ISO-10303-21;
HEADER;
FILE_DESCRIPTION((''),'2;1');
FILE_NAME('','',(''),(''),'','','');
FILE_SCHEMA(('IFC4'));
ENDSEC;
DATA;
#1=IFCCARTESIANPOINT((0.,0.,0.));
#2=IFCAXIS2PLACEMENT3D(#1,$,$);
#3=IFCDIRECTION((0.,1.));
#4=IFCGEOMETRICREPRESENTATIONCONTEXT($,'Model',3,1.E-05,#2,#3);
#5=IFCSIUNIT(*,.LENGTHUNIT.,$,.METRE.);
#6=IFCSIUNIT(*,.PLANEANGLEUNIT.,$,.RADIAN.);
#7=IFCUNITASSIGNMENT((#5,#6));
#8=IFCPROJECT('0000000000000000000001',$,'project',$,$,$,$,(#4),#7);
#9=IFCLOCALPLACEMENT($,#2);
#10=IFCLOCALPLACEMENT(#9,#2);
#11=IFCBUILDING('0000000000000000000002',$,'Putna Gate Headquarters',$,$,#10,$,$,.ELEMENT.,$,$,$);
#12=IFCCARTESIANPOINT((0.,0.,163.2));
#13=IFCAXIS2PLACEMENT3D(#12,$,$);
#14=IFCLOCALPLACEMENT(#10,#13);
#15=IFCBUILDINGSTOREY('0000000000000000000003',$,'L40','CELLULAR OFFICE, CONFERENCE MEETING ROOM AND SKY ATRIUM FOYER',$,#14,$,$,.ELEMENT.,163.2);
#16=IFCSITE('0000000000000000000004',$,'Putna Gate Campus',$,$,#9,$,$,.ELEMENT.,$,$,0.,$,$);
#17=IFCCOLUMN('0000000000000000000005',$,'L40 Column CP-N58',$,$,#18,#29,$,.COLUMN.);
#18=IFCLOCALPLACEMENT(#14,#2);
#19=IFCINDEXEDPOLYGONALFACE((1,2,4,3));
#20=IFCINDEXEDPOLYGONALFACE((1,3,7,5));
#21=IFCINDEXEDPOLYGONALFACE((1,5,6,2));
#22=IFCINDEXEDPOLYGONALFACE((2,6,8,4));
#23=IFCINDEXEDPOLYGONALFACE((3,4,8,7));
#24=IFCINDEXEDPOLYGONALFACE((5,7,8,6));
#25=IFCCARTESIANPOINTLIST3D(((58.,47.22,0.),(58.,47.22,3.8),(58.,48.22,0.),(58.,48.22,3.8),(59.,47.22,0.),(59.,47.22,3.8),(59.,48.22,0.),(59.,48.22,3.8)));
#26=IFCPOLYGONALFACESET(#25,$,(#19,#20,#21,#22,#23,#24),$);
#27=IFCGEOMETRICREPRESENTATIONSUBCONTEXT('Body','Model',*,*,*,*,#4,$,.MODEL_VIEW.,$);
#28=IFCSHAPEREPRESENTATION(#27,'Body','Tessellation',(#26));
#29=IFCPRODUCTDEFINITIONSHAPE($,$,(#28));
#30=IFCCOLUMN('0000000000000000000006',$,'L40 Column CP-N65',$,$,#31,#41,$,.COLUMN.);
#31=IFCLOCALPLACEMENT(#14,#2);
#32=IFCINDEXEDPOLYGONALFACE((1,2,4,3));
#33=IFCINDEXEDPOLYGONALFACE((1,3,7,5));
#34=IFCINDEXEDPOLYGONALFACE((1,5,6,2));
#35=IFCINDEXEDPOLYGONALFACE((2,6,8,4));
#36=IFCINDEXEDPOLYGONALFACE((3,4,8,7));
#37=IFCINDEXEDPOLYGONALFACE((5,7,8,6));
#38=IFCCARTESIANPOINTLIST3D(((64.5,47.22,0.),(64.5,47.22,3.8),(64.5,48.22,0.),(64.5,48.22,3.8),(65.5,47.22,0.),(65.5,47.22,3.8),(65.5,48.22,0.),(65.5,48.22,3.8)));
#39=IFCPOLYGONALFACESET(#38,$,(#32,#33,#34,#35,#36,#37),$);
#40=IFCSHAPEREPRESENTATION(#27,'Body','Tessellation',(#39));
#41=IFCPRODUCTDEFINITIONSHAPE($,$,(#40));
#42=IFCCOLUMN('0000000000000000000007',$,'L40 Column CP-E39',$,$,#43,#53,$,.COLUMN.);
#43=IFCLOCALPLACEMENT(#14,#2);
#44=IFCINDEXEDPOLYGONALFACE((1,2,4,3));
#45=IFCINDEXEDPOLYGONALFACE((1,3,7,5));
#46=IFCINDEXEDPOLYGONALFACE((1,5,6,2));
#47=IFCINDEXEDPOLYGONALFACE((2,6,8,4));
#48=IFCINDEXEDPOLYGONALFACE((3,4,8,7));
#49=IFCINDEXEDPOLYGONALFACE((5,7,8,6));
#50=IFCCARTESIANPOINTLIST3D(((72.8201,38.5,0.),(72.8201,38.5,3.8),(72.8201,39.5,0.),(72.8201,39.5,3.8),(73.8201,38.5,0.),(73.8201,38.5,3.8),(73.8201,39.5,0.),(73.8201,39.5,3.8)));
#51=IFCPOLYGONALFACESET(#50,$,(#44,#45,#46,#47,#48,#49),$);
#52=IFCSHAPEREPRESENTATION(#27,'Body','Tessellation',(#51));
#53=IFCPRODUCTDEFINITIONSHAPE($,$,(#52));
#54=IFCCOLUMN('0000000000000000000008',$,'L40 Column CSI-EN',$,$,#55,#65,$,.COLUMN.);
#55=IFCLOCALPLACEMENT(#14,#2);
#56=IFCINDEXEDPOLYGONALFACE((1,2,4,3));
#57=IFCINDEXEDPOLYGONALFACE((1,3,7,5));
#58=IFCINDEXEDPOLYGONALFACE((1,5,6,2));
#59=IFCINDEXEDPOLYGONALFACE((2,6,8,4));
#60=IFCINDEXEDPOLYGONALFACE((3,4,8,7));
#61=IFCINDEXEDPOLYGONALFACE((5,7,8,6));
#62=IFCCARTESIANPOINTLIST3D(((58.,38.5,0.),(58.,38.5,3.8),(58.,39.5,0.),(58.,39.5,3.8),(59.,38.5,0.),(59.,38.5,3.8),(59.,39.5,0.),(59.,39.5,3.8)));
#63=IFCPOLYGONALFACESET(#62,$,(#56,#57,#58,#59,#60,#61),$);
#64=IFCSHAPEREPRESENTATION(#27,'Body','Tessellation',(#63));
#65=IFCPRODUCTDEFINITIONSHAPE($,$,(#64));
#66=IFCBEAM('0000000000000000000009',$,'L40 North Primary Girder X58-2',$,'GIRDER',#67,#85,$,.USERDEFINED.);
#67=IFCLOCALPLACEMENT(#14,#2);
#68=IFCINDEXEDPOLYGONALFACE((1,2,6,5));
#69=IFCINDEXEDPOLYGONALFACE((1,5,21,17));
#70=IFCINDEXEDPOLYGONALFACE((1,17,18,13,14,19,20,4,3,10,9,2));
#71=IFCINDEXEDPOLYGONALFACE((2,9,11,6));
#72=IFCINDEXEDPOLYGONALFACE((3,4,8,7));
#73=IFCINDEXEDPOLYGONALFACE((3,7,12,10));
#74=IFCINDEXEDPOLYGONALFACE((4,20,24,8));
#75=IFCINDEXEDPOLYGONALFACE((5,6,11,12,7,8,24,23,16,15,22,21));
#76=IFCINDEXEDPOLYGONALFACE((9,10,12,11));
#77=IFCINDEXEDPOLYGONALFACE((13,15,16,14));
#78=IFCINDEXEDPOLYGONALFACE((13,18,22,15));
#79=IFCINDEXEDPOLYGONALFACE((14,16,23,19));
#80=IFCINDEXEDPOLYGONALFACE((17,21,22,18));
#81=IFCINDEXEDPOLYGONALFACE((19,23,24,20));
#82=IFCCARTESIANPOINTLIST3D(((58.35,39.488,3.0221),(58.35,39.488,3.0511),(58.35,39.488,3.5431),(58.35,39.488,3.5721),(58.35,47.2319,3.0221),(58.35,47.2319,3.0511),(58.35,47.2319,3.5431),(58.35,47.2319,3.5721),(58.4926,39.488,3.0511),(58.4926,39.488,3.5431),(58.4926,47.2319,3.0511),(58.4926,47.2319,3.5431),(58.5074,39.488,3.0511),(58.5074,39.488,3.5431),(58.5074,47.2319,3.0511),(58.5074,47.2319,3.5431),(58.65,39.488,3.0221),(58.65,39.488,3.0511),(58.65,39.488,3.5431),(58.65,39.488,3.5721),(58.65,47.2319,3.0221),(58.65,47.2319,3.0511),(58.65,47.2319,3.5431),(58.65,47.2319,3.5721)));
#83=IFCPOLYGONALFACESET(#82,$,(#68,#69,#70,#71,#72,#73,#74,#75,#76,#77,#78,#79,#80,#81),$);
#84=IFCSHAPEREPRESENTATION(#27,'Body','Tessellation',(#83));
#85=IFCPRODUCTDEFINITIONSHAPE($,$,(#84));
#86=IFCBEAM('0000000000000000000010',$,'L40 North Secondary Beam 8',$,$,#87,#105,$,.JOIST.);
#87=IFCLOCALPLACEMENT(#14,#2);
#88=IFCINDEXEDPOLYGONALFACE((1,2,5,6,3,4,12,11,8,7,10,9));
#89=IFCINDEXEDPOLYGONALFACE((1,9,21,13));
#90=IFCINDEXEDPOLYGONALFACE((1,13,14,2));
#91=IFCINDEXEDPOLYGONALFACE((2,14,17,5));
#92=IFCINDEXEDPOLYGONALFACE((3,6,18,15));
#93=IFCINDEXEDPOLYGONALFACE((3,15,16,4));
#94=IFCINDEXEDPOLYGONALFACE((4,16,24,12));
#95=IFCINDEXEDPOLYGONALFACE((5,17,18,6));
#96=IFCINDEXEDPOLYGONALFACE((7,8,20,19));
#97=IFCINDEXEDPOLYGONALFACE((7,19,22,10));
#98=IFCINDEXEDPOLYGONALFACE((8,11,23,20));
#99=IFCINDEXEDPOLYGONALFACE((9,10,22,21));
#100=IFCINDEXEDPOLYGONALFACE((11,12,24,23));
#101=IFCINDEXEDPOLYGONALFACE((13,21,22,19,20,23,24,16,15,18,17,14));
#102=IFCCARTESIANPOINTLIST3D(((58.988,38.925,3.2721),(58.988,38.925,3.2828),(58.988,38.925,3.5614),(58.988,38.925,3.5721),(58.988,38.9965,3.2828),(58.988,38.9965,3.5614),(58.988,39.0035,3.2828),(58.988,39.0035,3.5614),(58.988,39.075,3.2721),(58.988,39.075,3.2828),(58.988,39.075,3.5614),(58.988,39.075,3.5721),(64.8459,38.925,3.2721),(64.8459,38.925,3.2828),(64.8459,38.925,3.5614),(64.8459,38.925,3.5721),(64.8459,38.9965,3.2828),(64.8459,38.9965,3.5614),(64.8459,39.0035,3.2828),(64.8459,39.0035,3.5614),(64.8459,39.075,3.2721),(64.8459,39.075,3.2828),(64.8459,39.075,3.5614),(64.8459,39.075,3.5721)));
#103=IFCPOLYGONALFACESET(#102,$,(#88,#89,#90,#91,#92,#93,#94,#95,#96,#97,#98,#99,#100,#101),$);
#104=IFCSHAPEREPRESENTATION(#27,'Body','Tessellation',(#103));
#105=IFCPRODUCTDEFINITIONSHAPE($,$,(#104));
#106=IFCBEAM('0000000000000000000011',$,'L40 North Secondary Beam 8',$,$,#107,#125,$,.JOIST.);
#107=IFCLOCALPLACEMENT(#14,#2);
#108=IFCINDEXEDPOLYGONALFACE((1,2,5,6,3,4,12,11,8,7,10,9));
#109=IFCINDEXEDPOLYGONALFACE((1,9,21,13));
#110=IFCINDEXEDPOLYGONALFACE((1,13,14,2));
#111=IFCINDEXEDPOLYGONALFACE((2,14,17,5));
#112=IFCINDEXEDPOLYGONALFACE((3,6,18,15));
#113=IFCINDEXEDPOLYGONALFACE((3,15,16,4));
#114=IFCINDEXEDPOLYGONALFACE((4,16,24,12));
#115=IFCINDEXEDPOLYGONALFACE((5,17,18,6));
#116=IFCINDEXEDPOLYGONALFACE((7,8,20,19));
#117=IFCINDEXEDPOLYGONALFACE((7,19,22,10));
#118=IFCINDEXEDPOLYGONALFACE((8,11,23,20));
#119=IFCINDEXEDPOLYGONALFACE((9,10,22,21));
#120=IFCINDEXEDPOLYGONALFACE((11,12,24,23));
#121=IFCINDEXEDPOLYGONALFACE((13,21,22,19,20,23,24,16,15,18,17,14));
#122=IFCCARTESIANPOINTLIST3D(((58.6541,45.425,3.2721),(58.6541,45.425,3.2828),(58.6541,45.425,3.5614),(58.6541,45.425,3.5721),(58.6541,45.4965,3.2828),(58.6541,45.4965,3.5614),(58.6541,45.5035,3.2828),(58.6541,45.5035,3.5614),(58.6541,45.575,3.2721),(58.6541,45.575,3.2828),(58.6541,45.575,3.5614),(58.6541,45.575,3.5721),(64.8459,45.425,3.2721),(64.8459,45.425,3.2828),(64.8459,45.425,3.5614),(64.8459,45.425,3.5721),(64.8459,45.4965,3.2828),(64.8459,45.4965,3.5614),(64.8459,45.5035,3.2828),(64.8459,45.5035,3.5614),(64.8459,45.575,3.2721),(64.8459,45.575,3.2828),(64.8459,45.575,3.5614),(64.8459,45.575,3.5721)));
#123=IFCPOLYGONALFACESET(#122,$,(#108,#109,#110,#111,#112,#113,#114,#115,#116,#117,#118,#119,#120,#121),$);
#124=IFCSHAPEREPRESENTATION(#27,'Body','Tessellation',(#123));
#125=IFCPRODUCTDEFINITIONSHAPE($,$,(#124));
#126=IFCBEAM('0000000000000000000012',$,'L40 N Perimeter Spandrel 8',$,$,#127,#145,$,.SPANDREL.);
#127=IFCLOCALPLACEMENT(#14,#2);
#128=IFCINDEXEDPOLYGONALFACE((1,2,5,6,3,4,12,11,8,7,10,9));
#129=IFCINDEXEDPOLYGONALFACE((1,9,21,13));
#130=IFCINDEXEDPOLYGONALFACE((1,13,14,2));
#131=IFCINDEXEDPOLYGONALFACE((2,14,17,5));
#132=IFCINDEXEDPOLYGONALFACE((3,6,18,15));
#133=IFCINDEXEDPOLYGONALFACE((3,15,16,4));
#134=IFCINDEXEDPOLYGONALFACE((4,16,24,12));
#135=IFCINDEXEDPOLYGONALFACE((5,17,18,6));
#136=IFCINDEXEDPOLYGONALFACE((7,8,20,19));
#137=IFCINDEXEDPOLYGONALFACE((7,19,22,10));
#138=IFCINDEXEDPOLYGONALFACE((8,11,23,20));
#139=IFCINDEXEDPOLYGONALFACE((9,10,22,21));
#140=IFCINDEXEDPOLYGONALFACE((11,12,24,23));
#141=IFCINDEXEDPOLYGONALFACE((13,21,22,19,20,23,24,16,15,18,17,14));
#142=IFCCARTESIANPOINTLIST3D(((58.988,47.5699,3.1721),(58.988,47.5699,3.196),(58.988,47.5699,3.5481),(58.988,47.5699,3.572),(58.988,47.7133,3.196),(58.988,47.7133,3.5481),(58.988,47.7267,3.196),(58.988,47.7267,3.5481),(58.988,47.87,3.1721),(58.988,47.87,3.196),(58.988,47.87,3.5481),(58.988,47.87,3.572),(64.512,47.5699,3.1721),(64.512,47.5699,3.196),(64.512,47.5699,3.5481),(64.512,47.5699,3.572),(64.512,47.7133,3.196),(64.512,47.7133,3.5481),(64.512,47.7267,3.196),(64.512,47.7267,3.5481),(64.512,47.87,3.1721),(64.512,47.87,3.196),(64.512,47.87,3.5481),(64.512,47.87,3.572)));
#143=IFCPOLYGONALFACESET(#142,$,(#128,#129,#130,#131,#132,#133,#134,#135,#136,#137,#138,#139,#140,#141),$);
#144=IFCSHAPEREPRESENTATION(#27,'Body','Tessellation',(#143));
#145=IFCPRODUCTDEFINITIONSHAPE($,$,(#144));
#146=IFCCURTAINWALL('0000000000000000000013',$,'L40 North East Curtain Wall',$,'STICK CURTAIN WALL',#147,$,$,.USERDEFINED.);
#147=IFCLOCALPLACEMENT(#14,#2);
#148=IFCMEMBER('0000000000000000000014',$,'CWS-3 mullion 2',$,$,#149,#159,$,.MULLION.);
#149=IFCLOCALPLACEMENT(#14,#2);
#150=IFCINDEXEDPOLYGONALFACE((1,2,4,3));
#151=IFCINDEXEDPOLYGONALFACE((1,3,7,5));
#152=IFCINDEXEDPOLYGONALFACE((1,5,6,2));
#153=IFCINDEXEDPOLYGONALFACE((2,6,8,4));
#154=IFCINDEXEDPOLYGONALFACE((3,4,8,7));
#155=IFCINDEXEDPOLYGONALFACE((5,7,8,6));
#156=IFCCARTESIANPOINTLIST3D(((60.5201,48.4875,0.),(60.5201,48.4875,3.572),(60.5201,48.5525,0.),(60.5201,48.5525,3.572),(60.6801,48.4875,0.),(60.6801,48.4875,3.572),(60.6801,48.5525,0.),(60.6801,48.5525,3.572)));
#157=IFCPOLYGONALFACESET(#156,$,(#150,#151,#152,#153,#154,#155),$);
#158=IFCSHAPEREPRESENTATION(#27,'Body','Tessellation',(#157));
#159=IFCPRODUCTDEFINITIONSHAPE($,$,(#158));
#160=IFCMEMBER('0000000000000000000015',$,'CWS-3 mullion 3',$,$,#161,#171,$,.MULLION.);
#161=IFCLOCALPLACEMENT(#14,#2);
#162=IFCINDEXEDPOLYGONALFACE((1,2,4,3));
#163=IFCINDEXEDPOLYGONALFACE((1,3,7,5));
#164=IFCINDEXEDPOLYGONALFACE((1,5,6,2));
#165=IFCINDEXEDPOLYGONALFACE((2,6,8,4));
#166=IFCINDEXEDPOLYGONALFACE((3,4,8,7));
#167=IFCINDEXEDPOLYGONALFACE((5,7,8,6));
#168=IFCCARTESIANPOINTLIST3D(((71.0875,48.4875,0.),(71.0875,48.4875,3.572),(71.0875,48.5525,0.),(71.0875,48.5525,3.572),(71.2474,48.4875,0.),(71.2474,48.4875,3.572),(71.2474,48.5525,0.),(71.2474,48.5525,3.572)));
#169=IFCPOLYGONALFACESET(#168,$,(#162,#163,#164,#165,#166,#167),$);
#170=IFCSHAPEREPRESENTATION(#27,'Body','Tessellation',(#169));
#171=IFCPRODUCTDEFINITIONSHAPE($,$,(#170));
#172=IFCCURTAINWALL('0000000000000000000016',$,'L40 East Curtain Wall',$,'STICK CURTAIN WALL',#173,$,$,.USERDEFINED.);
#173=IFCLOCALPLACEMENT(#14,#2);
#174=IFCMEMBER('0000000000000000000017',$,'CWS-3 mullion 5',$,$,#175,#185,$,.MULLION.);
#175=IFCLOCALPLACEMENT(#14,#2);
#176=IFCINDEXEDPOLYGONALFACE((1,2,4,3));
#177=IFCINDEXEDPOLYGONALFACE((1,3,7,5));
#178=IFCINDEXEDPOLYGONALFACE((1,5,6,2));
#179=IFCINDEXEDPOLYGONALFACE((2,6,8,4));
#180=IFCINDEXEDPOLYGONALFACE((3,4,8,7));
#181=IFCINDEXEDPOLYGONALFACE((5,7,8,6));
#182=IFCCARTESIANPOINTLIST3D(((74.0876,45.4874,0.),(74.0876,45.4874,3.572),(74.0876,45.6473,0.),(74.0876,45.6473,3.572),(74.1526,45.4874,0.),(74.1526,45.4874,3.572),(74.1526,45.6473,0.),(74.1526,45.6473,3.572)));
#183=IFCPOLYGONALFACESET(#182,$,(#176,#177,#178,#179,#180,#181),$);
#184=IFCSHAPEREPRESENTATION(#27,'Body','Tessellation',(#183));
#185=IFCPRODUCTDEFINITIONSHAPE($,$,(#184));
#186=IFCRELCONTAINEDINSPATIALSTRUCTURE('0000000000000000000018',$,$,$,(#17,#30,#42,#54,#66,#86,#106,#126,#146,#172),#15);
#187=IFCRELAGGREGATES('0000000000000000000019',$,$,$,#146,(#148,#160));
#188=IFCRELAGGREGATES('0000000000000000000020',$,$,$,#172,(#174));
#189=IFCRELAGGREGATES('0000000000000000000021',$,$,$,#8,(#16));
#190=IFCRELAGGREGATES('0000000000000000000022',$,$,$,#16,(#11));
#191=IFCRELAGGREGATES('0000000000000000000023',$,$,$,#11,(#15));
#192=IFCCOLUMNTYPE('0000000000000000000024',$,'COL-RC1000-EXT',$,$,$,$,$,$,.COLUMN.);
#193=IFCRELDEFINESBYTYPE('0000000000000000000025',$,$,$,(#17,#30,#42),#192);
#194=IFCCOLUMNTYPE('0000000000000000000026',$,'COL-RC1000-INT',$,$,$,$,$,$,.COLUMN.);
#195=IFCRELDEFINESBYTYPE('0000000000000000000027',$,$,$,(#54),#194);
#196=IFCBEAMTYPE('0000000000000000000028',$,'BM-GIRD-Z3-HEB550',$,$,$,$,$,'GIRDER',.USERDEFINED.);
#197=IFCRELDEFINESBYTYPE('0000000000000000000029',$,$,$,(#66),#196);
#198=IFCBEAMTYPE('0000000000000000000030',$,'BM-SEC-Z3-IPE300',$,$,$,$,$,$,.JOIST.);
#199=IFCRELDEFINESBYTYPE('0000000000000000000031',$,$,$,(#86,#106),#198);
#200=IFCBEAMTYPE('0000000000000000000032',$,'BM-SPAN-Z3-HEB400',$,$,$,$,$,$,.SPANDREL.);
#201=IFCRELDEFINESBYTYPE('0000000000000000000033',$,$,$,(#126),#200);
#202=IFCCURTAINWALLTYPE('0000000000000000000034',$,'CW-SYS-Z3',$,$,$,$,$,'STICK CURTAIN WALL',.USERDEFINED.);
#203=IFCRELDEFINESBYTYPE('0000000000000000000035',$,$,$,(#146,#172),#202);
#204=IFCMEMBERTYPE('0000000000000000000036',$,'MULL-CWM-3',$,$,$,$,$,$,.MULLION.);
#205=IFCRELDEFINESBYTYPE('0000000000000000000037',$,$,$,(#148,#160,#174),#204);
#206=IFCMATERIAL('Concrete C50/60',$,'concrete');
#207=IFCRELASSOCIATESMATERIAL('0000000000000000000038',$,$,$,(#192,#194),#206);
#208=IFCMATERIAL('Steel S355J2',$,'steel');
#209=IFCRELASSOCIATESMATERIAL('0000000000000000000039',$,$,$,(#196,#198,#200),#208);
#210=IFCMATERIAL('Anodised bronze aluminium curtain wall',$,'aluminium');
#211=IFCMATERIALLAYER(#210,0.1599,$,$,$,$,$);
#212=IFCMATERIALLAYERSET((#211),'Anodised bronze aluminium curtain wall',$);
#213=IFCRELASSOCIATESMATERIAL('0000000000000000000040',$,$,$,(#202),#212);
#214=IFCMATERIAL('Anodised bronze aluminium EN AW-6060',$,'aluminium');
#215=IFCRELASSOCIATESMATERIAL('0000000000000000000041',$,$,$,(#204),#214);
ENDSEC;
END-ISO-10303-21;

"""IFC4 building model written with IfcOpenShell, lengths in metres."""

from ifc_helpers import new_model, si_unit, direction, frame, origin, origin_2d, place, context, subcontext, project, spatial, rectangle, i_section, extrude, material, layer, layer_set, material_profile, profile_set, type_object, element, aggregate, save


model = new_model("IFC4")

# Units and contexts
model_context = context("Model", 3, precision=1e-05, world=origin(), true_north=direction((0.0, 1.0)))
body_context = subcontext(model_context, "Body", "Model", "MODEL_VIEW")
ifc_project = project(units=[si_unit("LENGTHUNIT", "METRE"), si_unit("PLANEANGLEUNIT", "RADIAN")], contexts=[model_context])

# Site, building, storey
site_placement = place(None, origin())
site = spatial("IfcSite", under=ifc_project, at=site_placement, Name="Putna Gate Campus", CompositionType="ELEMENT", RefElevation=0.0)
building_placement = place(site_placement, origin())
building = spatial("IfcBuilding", under=site, at=building_placement, Name="Putna Gate Headquarters", CompositionType="ELEMENT")
storey_placement = place(building_placement, frame((0.0, 0.0, 163.2)))
storey = spatial("IfcBuildingStorey", under=building, at=storey_placement, Name="L40", Description="CELLULAR OFFICE, CONFERENCE MEETING ROOM AND SKY ATRIUM FOYER", CompositionType="ELEMENT", Elevation=163.2)

# Columns
ifc_material_1 = material(Name="Concrete C50/60", Category="concrete")
ifc_material_profile_1 = material_profile(ifc_material_1, rectangle(XDim=1.0, YDim=1.0, at=origin_2d()), Name="Concrete C50/60")
ifc_profile_set_1 = profile_set([ifc_material_profile_1], Name="Concrete C50/60")
column_type_1 = type_object("IfcColumnType", Name="COL-RC1000-EXT", PredefinedType="COLUMN", material=ifc_profile_set_1)
for number, where, z_axis, x_axis, name in (
    (1, (58.5, 47.72, 0.0), (0.0, 0.0, 1.0), (1.0, 0.0, 0.0), "L40 Column CP-N58"),
    (2, (65.0, 47.72, 0.0), (0.0, 0.0, 1.0), (1.0, 0.0, 0.0), "L40 Column CP-N65"),
    (3, (73.3201, 39.0, 0.0), (0.0, 0.0, 1.0), (1.0, 0.0, 0.0), "L40 Column CP-E39"),
):
    element("IfcColumn", number, at=place(storey_placement, frame(where, z_axis=z_axis, x_axis=x_axis)), inside=storey, type_object=column_type_1, Name=name, PredefinedType="COLUMN", context=body_context, shape_type="SweptSolid", body=[
        extrude(rectangle(XDim=1.0, YDim=1.0, at=origin_2d()), origin(), (0.0, 0.0, 1.0), 3.8),
    ])
ifc_material_profile_2 = material_profile(ifc_material_1, rectangle(XDim=1.0, YDim=1.0, at=origin_2d()), Name="Concrete C50/60")
ifc_profile_set_2 = profile_set([ifc_material_profile_2], Name="Concrete C50/60")
column_type_2 = type_object("IfcColumnType", Name="COL-RC1000-INT", PredefinedType="COLUMN", material=ifc_profile_set_2)
column_placement = place(storey_placement, frame((58.5, 39.0, 0.0), z_axis=(0.0, 0.0, 1.0), x_axis=(1.0, 0.0, 0.0)))
element("IfcColumn", 4, at=column_placement, inside=storey, type_object=column_type_2, Name="L40 Column CSI-EN", PredefinedType="COLUMN", context=body_context, shape_type="SweptSolid", body=[
    extrude(rectangle(XDim=1.0, YDim=1.0, at=origin_2d()), origin(), (0.0, 0.0, 1.0), 3.8),
])

# Beams
ifc_material_2 = material(Name="Steel S355J2", Category="steel")
ifc_material_profile_3 = material_profile(ifc_material_2, i_section(OverallWidth=0.3, OverallDepth=0.55, WebThickness=0.0149, FlangeThickness=0.0291, at=origin_2d()), Name="Steel S355J2")
ifc_profile_set_3 = profile_set([ifc_material_profile_3], Name="Steel S355J2")
beam_type_1 = type_object("IfcBeamType", Name="BM-GIRD-Z3-HEB550", ElementType="GIRDER", PredefinedType="USERDEFINED", material=ifc_profile_set_3)
beam_1_placement = place(storey_placement, frame((58.5, 39.488, 3.2971), z_axis=(0.0, 1.0, 0.0), x_axis=(-1.0, 0.0, 0.0)))
element("IfcBeam", 5, at=beam_1_placement, inside=storey, type_object=beam_type_1, Name="L40 North Primary Girder X58-2", ObjectType="GIRDER", PredefinedType="USERDEFINED", context=body_context, shape_type="SweptSolid", body=[
    extrude(i_section(OverallWidth=0.3, OverallDepth=0.55, WebThickness=0.0149, FlangeThickness=0.0291, at=origin_2d()), origin(), (0.0, 0.0, 1.0), 7.7439),
])
ifc_material_profile_4 = material_profile(ifc_material_2, i_section(OverallWidth=0.1499, OverallDepth=0.3, WebThickness=0.0071, FlangeThickness=0.0107, at=origin_2d()), Name="Steel S355J2")
ifc_profile_set_4 = profile_set([ifc_material_profile_4], Name="Steel S355J2")
beam_type_2 = type_object("IfcBeamType", Name="BM-SEC-Z3-IPE300", PredefinedType="JOIST", material=ifc_profile_set_4)
beam_2_placement = place(storey_placement, frame((58.988, 39.0, 3.4221), z_axis=(1.0, 0.0, 0.0), x_axis=(0.0, 1.0, 0.0)))
element("IfcBeam", 6, at=beam_2_placement, inside=storey, type_object=beam_type_2, Name="L40 North Secondary Beam 8", PredefinedType="JOIST", context=body_context, shape_type="SweptSolid", body=[
    extrude(i_section(OverallWidth=0.1499, OverallDepth=0.3, WebThickness=0.0071, FlangeThickness=0.0107, at=origin_2d()), origin(), (0.0, 0.0, 1.0), 5.8579),
])
beam_3_placement = place(storey_placement, frame((58.6541, 45.5, 3.4221), z_axis=(1.0, 0.0, 0.0), x_axis=(0.0, 1.0, 0.0)))
element("IfcBeam", 7, at=beam_3_placement, inside=storey, type_object=beam_type_2, Name="L40 North Secondary Beam 8", PredefinedType="JOIST", context=body_context, shape_type="SweptSolid", body=[
    extrude(i_section(OverallWidth=0.1499, OverallDepth=0.3, WebThickness=0.0071, FlangeThickness=0.0107, at=origin_2d()), origin(), (0.0, 0.0, 1.0), 6.1919),
])
ifc_material_profile_5 = material_profile(ifc_material_2, i_section(OverallWidth=0.3, OverallDepth=0.3999, WebThickness=0.0134, FlangeThickness=0.0239, at=origin_2d()), Name="Steel S355J2")
ifc_profile_set_5 = profile_set([ifc_material_profile_5], Name="Steel S355J2")
beam_type_3 = type_object("IfcBeamType", Name="BM-SPAN-Z3-HEB400", PredefinedType="SPANDREL", material=ifc_profile_set_5)
beam_4_placement = place(storey_placement, frame((58.988, 47.72, 3.3721), z_axis=(1.0, 0.0, 0.0), x_axis=(0.0, 1.0, 0.0)))
element("IfcBeam", 8, at=beam_4_placement, inside=storey, type_object=beam_type_3, Name="L40 N Perimeter Spandrel 8", PredefinedType="SPANDREL", context=body_context, shape_type="SweptSolid", body=[
    extrude(i_section(OverallWidth=0.3, OverallDepth=0.3999, WebThickness=0.0134, FlangeThickness=0.0239, at=origin_2d()), origin(), (0.0, 0.0, 1.0), 5.5239),
])

# Curtain wall, members
ifc_material_3 = material(Name="Anodised bronze aluminium curtain wall", Category="aluminium")
ifc_layer_1 = layer(ifc_material_3, 0.1599)
ifc_layer_set_1 = layer_set([ifc_layer_1], Name="Anodised bronze aluminium curtain wall")
curtain_wall_type = type_object("IfcCurtainWallType", Name="CW-SYS-Z3", ElementType="STICK CURTAIN WALL", PredefinedType="USERDEFINED", material=ifc_layer_set_1)
curtain_wall_1_placement = place(storey_placement, origin())
curtain_wall_1 = element("IfcCurtainWall", 9, at=curtain_wall_1_placement, inside=storey, type_object=curtain_wall_type, Name="L40 North East Curtain Wall", ObjectType="STICK CURTAIN WALL", PredefinedType="USERDEFINED")
ifc_material_4 = material(Name="Anodised bronze aluminium EN AW-6060", Category="aluminium")
ifc_material_profile_6 = material_profile(ifc_material_4, rectangle(XDim=0.0649, YDim=0.1599, at=origin_2d()), Name="Anodised bronze aluminium EN AW-6060")
ifc_profile_set_6 = profile_set([ifc_material_profile_6], Name="Anodised bronze aluminium EN AW-6060")
member_type_1 = type_object("IfcMemberType", Name="MULL-CWM-3", PredefinedType="MULLION", material=ifc_profile_set_6)
member_1_placement = place(storey_placement, frame((60.6001, 48.52, 0.0), z_axis=(0.0, 0.0, 1.0), x_axis=(0.0, 1.0, 0.0)))
member_1 = element("IfcMember", 10, at=member_1_placement, type_object=member_type_1, Name="CWS-3 mullion 2", PredefinedType="MULLION", context=body_context, shape_type="SweptSolid", body=[
    extrude(rectangle(XDim=0.0649, YDim=0.1599, at=origin_2d()), origin(), (0.0, 0.0, 1.0), 3.572),
])
member_2_placement = place(storey_placement, frame((71.1675, 48.52, 0.0), z_axis=(0.0, 0.0, 1.0), x_axis=(0.0, 1.0, 0.0)))
member_2 = element("IfcMember", 11, at=member_2_placement, type_object=member_type_1, Name="CWS-3 mullion 3", PredefinedType="MULLION", context=body_context, shape_type="SweptSolid", body=[
    extrude(rectangle(XDim=0.0649, YDim=0.1599, at=origin_2d()), origin(), (0.0, 0.0, 1.0), 3.572),
])

# Curtain wall, member
curtain_wall_2_placement = place(storey_placement, origin())
curtain_wall_2 = element("IfcCurtainWall", 12, at=curtain_wall_2_placement, inside=storey, type_object=curtain_wall_type, Name="L40 East Curtain Wall", ObjectType="STICK CURTAIN WALL", PredefinedType="USERDEFINED")
member_3_placement = place(storey_placement, frame((74.1201, 45.5674, 0.0), z_axis=(0.0, 0.0, 1.0), x_axis=(-1.0, 0.0, 0.0)))
member_3 = element("IfcMember", 13, at=member_3_placement, type_object=member_type_1, Name="CWS-3 mullion 5", PredefinedType="MULLION", context=body_context, shape_type="SweptSolid", body=[
    extrude(rectangle(XDim=0.0649, YDim=0.1599, at=origin_2d()), origin(), (0.0, 0.0, 1.0), 3.572),
])

aggregate(curtain_wall_1, [member_1, member_2])
aggregate(curtain_wall_2, [member_3])

save(model, "model.ifc")
